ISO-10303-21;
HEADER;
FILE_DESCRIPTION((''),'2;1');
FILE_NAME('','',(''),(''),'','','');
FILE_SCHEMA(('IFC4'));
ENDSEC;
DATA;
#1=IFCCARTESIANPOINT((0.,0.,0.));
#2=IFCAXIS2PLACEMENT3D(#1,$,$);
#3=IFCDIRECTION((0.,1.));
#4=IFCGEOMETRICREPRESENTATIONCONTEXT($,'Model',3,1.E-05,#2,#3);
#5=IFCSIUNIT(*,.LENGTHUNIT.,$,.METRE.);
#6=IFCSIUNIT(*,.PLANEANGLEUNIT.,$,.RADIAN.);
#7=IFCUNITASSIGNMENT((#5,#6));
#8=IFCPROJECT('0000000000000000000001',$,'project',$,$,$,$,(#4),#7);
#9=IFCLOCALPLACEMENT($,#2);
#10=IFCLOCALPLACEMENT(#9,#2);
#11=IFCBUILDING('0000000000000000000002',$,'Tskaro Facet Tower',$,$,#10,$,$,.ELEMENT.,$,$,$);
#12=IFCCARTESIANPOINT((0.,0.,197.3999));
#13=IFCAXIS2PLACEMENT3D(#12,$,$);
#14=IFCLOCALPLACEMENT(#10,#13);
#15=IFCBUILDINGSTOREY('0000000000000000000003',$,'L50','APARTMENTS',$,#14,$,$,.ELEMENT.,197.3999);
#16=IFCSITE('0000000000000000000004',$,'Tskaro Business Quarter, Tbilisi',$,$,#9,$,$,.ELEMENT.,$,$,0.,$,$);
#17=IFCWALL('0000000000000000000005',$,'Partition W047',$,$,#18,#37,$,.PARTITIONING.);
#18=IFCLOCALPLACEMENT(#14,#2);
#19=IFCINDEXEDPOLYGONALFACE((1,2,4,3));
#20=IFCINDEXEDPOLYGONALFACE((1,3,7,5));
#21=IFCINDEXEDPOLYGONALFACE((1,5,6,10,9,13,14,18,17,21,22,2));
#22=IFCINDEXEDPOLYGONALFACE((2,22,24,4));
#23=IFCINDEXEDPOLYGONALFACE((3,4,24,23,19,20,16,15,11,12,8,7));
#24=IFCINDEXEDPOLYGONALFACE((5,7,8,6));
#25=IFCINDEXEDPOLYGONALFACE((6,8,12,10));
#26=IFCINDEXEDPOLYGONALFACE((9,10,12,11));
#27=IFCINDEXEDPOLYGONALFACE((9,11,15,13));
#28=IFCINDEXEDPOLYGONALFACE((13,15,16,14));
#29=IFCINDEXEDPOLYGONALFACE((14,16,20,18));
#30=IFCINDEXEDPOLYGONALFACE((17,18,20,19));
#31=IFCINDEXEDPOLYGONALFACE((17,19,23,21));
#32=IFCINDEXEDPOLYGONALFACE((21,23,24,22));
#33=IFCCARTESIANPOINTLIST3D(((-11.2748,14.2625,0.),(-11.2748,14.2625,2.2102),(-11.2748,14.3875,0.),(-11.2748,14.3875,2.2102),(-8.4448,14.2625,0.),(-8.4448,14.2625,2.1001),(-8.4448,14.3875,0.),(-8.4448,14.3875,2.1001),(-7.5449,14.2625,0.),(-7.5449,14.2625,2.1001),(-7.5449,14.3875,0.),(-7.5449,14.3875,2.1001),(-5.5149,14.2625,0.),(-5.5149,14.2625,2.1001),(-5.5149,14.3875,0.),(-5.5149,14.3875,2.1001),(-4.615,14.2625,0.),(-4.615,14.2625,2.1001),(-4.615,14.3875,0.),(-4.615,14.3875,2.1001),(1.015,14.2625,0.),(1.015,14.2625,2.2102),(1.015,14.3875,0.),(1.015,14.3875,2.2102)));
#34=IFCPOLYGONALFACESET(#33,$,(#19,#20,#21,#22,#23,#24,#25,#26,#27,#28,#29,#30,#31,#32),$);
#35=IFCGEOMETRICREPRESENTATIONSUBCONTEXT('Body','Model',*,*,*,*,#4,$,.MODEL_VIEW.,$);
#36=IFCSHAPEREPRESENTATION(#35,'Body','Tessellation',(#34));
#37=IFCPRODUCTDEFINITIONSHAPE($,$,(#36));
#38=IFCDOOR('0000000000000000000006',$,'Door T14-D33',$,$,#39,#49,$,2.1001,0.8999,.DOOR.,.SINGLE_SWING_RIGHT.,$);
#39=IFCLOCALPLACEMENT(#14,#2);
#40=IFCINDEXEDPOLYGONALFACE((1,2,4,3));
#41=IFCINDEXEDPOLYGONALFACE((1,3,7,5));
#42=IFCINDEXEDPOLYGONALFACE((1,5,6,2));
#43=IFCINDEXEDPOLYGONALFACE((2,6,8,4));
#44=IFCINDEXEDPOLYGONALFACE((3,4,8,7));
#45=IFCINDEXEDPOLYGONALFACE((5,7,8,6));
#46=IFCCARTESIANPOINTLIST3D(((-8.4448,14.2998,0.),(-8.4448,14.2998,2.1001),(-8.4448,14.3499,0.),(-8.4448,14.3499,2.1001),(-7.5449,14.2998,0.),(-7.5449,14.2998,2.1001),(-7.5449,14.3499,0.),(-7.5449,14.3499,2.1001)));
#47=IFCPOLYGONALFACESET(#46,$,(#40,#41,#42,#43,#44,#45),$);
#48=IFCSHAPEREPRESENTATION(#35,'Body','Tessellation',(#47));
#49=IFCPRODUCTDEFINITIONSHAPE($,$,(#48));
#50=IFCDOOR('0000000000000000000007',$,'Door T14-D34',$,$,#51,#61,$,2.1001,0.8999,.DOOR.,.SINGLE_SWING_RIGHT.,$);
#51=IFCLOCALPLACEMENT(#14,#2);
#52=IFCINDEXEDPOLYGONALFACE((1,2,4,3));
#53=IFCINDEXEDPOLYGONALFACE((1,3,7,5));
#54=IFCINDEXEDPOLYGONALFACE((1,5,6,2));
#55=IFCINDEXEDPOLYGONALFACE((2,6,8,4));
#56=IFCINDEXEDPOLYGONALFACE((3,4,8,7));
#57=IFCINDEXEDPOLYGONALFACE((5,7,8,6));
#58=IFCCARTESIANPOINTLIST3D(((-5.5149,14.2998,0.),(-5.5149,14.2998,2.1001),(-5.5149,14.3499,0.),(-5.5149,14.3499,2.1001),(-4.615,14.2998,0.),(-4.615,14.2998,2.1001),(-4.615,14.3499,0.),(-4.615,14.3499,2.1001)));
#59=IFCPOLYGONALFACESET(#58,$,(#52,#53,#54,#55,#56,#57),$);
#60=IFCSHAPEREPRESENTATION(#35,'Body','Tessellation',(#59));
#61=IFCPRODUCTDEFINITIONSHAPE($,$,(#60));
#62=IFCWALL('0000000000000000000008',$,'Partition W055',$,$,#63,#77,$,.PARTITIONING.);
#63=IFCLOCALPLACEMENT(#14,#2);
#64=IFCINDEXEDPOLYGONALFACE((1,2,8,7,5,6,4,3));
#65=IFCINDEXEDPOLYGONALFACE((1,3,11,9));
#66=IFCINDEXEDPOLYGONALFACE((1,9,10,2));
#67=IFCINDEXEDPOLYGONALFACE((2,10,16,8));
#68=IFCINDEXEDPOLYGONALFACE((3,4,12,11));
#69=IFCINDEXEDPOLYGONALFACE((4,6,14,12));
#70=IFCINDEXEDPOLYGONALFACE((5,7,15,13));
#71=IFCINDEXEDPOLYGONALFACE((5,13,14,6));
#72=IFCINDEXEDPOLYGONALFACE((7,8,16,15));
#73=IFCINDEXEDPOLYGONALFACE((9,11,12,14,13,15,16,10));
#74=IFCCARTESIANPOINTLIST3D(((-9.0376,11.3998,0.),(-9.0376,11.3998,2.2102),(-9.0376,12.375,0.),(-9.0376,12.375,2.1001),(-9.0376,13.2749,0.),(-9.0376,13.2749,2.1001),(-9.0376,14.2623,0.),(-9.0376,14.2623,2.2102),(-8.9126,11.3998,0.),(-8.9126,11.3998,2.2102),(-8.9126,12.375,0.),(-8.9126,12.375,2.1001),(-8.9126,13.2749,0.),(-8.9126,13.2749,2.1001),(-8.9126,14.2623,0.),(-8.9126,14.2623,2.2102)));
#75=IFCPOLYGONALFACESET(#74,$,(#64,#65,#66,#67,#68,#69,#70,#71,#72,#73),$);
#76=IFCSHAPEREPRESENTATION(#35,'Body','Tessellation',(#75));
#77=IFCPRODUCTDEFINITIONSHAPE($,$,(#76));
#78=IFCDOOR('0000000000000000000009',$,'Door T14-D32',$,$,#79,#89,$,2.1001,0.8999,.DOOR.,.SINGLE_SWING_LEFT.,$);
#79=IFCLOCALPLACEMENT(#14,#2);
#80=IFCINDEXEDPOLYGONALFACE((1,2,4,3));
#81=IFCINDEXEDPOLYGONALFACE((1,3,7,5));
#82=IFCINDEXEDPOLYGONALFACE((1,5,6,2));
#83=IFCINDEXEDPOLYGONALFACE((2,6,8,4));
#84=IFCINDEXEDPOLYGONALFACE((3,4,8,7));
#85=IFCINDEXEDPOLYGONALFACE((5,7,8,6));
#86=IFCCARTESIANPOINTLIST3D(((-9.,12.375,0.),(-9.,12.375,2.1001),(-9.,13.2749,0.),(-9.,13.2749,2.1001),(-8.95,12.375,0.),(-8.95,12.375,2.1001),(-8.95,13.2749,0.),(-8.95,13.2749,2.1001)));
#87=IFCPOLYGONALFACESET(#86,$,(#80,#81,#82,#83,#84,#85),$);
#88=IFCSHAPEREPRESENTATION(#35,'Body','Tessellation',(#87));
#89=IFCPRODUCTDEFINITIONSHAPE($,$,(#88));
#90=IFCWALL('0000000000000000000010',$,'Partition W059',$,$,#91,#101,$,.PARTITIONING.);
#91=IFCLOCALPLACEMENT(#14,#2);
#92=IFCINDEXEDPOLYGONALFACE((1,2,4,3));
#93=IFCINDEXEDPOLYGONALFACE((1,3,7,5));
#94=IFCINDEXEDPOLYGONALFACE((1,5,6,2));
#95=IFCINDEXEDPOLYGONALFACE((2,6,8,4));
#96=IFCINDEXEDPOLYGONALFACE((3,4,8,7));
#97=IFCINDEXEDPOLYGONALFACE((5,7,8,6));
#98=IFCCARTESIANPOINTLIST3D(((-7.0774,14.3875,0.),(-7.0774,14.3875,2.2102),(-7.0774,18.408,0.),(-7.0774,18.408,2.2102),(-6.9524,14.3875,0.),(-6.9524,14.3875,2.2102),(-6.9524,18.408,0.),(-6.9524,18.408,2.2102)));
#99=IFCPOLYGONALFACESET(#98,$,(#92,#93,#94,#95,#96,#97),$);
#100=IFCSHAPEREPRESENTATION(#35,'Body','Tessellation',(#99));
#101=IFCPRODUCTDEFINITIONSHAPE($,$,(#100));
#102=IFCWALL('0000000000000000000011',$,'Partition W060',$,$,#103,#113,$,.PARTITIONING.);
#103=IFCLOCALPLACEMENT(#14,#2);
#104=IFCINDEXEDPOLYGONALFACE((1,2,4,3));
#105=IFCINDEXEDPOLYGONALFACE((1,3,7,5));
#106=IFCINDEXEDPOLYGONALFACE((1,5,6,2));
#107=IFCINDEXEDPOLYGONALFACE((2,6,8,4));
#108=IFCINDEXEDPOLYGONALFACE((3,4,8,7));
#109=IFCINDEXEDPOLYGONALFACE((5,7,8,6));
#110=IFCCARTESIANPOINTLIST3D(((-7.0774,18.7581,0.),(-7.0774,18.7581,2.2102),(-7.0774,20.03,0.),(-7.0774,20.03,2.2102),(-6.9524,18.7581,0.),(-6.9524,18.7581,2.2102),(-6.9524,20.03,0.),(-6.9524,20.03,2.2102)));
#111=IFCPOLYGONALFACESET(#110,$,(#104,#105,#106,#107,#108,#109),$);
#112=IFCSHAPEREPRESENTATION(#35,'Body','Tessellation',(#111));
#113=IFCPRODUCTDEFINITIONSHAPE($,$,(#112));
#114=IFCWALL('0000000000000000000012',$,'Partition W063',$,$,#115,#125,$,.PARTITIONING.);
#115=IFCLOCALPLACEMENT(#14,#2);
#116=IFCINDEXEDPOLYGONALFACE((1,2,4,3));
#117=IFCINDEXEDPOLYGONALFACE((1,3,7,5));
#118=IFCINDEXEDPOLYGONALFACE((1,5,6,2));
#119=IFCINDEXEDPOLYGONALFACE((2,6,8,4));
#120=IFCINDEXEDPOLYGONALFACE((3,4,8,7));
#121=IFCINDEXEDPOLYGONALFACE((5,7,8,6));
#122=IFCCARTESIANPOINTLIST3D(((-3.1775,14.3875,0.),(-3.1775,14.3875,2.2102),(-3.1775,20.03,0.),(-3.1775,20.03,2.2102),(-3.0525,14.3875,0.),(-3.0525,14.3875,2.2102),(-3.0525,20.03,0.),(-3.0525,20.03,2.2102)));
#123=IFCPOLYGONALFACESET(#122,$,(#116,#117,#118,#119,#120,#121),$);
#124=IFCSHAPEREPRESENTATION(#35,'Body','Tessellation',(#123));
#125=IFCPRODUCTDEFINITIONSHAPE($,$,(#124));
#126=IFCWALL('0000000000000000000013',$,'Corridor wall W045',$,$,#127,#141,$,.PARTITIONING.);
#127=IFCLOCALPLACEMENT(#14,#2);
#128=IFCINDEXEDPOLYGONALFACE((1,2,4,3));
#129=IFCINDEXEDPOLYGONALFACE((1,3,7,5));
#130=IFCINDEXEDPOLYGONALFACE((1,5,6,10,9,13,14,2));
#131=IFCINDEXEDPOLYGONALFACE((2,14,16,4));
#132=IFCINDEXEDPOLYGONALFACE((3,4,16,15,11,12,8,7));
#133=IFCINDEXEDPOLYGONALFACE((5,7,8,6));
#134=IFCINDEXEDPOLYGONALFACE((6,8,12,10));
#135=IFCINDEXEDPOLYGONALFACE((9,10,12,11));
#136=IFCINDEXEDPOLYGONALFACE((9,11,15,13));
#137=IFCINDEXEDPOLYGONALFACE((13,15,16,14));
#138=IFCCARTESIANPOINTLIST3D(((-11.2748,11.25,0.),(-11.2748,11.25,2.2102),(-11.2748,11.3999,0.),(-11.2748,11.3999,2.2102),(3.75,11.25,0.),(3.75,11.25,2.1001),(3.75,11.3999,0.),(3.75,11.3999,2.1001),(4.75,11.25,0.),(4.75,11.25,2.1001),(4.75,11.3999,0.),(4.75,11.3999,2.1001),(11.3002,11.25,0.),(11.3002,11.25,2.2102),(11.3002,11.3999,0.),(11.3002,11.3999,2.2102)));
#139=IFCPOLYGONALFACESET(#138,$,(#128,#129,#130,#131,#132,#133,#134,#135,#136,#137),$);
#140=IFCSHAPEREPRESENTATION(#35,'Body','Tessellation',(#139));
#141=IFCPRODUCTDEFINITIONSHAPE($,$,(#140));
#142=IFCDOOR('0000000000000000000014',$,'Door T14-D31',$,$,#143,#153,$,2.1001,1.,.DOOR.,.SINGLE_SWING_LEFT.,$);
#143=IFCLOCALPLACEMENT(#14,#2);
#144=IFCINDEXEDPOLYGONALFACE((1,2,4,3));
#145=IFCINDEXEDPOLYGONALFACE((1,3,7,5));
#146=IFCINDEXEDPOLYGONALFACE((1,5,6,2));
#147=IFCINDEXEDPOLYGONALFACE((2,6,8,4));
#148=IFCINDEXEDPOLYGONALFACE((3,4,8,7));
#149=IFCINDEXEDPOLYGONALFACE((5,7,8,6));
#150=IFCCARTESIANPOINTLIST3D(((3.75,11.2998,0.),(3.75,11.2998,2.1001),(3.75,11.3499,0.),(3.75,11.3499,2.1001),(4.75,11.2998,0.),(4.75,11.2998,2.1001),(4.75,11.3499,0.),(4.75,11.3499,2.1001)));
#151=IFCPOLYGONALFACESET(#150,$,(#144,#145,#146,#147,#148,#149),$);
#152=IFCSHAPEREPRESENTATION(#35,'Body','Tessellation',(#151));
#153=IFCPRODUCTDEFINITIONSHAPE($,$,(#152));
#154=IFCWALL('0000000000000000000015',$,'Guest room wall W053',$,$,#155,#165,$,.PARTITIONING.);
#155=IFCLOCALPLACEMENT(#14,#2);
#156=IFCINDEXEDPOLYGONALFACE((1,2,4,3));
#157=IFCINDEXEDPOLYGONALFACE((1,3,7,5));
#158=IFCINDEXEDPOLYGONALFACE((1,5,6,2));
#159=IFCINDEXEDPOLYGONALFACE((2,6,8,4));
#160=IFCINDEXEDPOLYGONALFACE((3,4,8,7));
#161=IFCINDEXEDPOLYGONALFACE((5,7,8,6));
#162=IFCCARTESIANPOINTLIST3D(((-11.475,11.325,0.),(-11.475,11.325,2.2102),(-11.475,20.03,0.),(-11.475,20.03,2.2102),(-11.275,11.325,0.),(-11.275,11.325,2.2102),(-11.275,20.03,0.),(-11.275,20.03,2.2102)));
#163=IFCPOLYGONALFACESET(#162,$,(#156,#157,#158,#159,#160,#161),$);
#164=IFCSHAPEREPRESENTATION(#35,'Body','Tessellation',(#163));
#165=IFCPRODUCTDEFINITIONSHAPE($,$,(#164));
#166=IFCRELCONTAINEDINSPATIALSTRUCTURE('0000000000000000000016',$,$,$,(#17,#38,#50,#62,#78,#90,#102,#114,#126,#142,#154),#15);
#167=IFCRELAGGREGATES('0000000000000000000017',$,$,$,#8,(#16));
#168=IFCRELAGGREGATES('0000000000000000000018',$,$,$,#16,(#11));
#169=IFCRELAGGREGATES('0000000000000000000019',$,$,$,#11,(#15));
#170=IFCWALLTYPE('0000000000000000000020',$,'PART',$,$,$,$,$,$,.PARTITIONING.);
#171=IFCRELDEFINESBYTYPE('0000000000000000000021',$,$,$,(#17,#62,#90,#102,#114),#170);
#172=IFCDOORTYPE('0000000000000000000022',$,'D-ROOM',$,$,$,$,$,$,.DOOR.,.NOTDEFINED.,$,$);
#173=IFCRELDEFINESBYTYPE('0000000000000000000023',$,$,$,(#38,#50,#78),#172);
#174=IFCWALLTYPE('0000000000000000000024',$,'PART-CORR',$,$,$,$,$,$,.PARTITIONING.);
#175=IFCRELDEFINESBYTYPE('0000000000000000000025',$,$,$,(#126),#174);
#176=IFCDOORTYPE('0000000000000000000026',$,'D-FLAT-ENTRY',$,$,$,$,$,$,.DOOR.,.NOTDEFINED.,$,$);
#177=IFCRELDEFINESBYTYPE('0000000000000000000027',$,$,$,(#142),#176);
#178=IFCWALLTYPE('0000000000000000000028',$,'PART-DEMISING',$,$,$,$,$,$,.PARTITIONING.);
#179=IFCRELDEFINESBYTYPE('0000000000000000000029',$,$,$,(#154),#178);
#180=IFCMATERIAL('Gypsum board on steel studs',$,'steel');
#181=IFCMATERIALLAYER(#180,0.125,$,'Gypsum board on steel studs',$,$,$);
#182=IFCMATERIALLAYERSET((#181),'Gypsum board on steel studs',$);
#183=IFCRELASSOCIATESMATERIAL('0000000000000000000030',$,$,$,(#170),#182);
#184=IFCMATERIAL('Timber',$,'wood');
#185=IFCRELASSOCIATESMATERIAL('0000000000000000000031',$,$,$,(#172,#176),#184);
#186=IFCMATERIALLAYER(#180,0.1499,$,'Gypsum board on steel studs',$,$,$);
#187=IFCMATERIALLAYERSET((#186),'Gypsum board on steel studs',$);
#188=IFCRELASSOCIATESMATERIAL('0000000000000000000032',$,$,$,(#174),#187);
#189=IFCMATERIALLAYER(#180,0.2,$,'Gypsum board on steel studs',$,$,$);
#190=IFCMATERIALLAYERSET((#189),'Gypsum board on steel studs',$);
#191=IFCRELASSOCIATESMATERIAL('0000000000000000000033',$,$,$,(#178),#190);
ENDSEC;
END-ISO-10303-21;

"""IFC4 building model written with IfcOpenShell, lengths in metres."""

from ifc_helpers import new_model, si_unit, direction, frame, frame_2d, origin, place, context, subcontext, project, spatial, rectangle, extrude, material, layer, layer_set, type_object, element, fill, save


model = new_model("IFC4")

# Units and contexts
model_context = context("Model", 3, precision=1e-05, world=origin(), true_north=direction((0.0, 1.0)))
body_context = subcontext(model_context, "Body", "Model", "MODEL_VIEW")
ifc_project = project(units=[si_unit("LENGTHUNIT", "METRE"), si_unit("PLANEANGLEUNIT", "RADIAN")], contexts=[model_context])

# Site, building, storey
site_placement = place(None, origin())
site = spatial("IfcSite", under=ifc_project, at=site_placement, Name="Tskaro Business Quarter, Tbilisi", CompositionType="ELEMENT", RefElevation=0.0)
building_placement = place(site_placement, origin())
building = spatial("IfcBuilding", under=site, at=building_placement, Name="Tskaro Facet Tower", CompositionType="ELEMENT")
storey_placement = place(building_placement, frame((0.0, 0.0, 197.3999)))
storey = spatial("IfcBuildingStorey", under=building, at=storey_placement, Name="L50", Description="APARTMENTS", CompositionType="ELEMENT", Elevation=197.3999)

# Wall, openings, doors
ifc_material_1 = material(Name="Gypsum board on steel studs", Category="steel")
ifc_layer_1 = layer(ifc_material_1, 0.125, Name="Gypsum board on steel studs")
ifc_layer_set_1 = layer_set([ifc_layer_1], Name="Gypsum board on steel studs")
wall_type_1 = type_object("IfcWallType", Name="PART", PredefinedType="PARTITIONING", material=ifc_layer_set_1)
wall_1_placement = place(storey_placement, frame((-11.2749, 14.325, 0.0), z_axis=(0.0, 0.0, 1.0), x_axis=(1.0, 0.0, 0.0)))
wall_1 = element("IfcWall", 1, at=wall_1_placement, inside=storey, type_object=wall_type_1, Name="Partition W047", PredefinedType="PARTITIONING", context=body_context, shape_type="SweptSolid", body=[
    extrude(rectangle(XDim=12.2898, YDim=0.125, at=frame_2d((6.145, 0.0))), origin(), (0.0, 0.0, 1.0), 2.2102),
])
opening_1_placement = place(wall_1_placement, frame((2.8301, 0.0, 0.0)))
opening_1 = element("IfcOpeningElement", 2, at=opening_1_placement, cuts=wall_1, PredefinedType="OPENING", context=body_context, shape_type="SweptSolid", body=[
    extrude(rectangle(XDim=0.8999, YDim=2.1001, at=frame_2d((0.45, 1.05))), frame((0.0, 0.0725, 0.0), z_axis=(0.0, -1.0, 0.0), x_axis=(1.0, 0.0, 0.0)), (0.0, 0.0, 1.0), 0.145),
])
opening_2_placement = place(wall_1_placement, frame((5.76, 0.0, 0.0)))
opening_2 = element("IfcOpeningElement", 3, at=opening_2_placement, cuts=wall_1, PredefinedType="OPENING", context=body_context, shape_type="SweptSolid", body=[
    extrude(rectangle(XDim=0.8999, YDim=2.1001, at=frame_2d((0.45, 1.05))), frame((0.0, 0.0725, 0.0), z_axis=(0.0, -1.0, 0.0), x_axis=(1.0, 0.0, 0.0)), (0.0, 0.0, 1.0), 0.145),
])
ifc_material_2 = material(Name="Timber", Category="wood")
door_type_1 = type_object("IfcDoorType", Name="D-ROOM", OperationType="NOTDEFINED", PredefinedType="DOOR", material=ifc_material_2)
door_1_placement = place(opening_1_placement, origin())
door_1 = element("IfcDoor", 4, at=door_1_placement, inside=storey, type_object=door_type_1, Name="Door T14-D33", OperationType="SINGLE_SWING_RIGHT", OverallHeight=2.1001, OverallWidth=0.8999, PredefinedType="DOOR", context=body_context, shape_type="SweptSolid", body=[
    extrude(rectangle(XDim=0.8999, YDim=2.1001, at=frame_2d((0.45, 1.05))), frame((0.0, 0.0249, 0.0), z_axis=(0.0, -1.0, 0.0), x_axis=(1.0, 0.0, 0.0)), (0.0, 0.0, 1.0), 0.05),
])
fill(opening_1, door_1)
door_2_placement = place(opening_2_placement, origin())
door_2 = element("IfcDoor", 5, at=door_2_placement, inside=storey, type_object=door_type_1, Name="Door T14-D34", OperationType="SINGLE_SWING_RIGHT", OverallHeight=2.1001, OverallWidth=0.8999, PredefinedType="DOOR", context=body_context, shape_type="SweptSolid", body=[
    extrude(rectangle(XDim=0.8999, YDim=2.1001, at=frame_2d((0.45, 1.05))), frame((0.0, 0.0249, 0.0), z_axis=(0.0, -1.0, 0.0), x_axis=(1.0, 0.0, 0.0)), (0.0, 0.0, 1.0), 0.05),
])
fill(opening_2, door_2)

# Wall, opening, door
wall_2_placement = place(storey_placement, frame((-8.9751, 11.3999, 0.0), z_axis=(0.0, 0.0, 1.0), x_axis=(0.0, 1.0, 0.0)))
wall_2 = element("IfcWall", 6, at=wall_2_placement, inside=storey, type_object=wall_type_1, Name="Partition W055", PredefinedType="PARTITIONING", context=body_context, shape_type="SweptSolid", body=[
    extrude(rectangle(XDim=2.8625, YDim=0.125, at=frame_2d((1.4312, 0.0))), origin(), (0.0, 0.0, 1.0), 2.2102),
])
opening_3_placement = place(wall_2_placement, frame((0.9751, 0.0, 0.0)))
opening_3 = element("IfcOpeningElement", 7, at=opening_3_placement, cuts=wall_2, PredefinedType="OPENING", context=body_context, shape_type="SweptSolid", body=[
    extrude(rectangle(XDim=0.8999, YDim=2.1001, at=frame_2d((0.45, 1.05))), frame((0.0, 0.0725, 0.0), z_axis=(0.0, -1.0, 0.0), x_axis=(1.0, 0.0, 0.0)), (0.0, 0.0, 1.0), 0.145),
])
door_3_placement = place(opening_3_placement, origin())
door_3 = element("IfcDoor", 8, at=door_3_placement, inside=storey, type_object=door_type_1, Name="Door T14-D32", OperationType="SINGLE_SWING_LEFT", OverallHeight=2.1001, OverallWidth=0.8999, PredefinedType="DOOR", context=body_context, shape_type="SweptSolid", body=[
    extrude(rectangle(XDim=0.8999, YDim=2.1001, at=frame_2d((0.45, 1.05))), frame((0.0, 0.0249, 0.0), z_axis=(0.0, -1.0, 0.0), x_axis=(1.0, 0.0, 0.0)), (0.0, 0.0, 1.0), 0.05),
])
fill(opening_3, door_3)

# Walls
wall_3_placement = place(storey_placement, frame((-7.0149, 14.3875, 0.0), z_axis=(0.0, 0.0, 1.0), x_axis=(0.0, 1.0, 0.0)))
element("IfcWall", 9, at=wall_3_placement, inside=storey, type_object=wall_type_1, Name="Partition W059", PredefinedType="PARTITIONING", context=body_context, shape_type="SweptSolid", body=[
    extrude(rectangle(XDim=4.0205, YDim=0.125, at=frame_2d((2.0103, 0.0))), origin(), (0.0, 0.0, 1.0), 2.2102),
])
wall_4_placement = place(storey_placement, frame((-7.0149, 18.7581, 0.0), z_axis=(0.0, 0.0, 1.0), x_axis=(0.0, 1.0, 0.0)))
element("IfcWall", 10, at=wall_4_placement, inside=storey, type_object=wall_type_1, Name="Partition W060", PredefinedType="PARTITIONING", context=body_context, shape_type="SweptSolid", body=[
    extrude(rectangle(XDim=1.272, YDim=0.125, at=frame_2d((0.636, 0.0))), origin(), (0.0, 0.0, 1.0), 2.2102),
])
wall_5_placement = place(storey_placement, frame((-3.115, 14.3875, 0.0), z_axis=(0.0, 0.0, 1.0), x_axis=(0.0, 1.0, 0.0)))
element("IfcWall", 11, at=wall_5_placement, inside=storey, type_object=wall_type_1, Name="Partition W063", PredefinedType="PARTITIONING", context=body_context, shape_type="SweptSolid", body=[
    extrude(rectangle(XDim=5.6426, YDim=0.125, at=frame_2d((2.8213, 0.0))), origin(), (0.0, 0.0, 1.0), 2.2102),
])

# Wall, opening, door
ifc_layer_2 = layer(ifc_material_1, 0.1499, Name="Gypsum board on steel studs")
ifc_layer_set_2 = layer_set([ifc_layer_2], Name="Gypsum board on steel studs")
wall_type_2 = type_object("IfcWallType", Name="PART-CORR", PredefinedType="PARTITIONING", material=ifc_layer_set_2)
wall_6_placement = place(storey_placement, frame((-11.2749, 11.325, 0.0), z_axis=(0.0, 0.0, 1.0), x_axis=(1.0, 0.0, 0.0)))
wall_6 = element("IfcWall", 12, at=wall_6_placement, inside=storey, type_object=wall_type_2, Name="Corridor wall W045", PredefinedType="PARTITIONING", context=body_context, shape_type="SweptSolid", body=[
    extrude(rectangle(XDim=22.575, YDim=0.1499, at=frame_2d((11.2876, 0.0))), origin(), (0.0, 0.0, 1.0), 2.2102),
])
opening_4_placement = place(wall_6_placement, frame((15.0249, 0.0, 0.0)))
opening_4 = element("IfcOpeningElement", 13, at=opening_4_placement, cuts=wall_6, PredefinedType="OPENING", context=body_context, shape_type="SweptSolid", body=[
    extrude(rectangle(XDim=1.0, YDim=2.1001, at=frame_2d((0.5, 1.05))), frame((0.0, 0.085, 0.0), z_axis=(0.0, -1.0, 0.0), x_axis=(1.0, 0.0, 0.0)), (0.0, 0.0, 1.0), 0.1699),
])
door_type_2 = type_object("IfcDoorType", Name="D-FLAT-ENTRY", OperationType="NOTDEFINED", PredefinedType="DOOR", material=ifc_material_2)
door_4_placement = place(opening_4_placement, origin())
door_4 = element("IfcDoor", 14, at=door_4_placement, inside=storey, type_object=door_type_2, Name="Door T14-D31", OperationType="SINGLE_SWING_LEFT", OverallHeight=2.1001, OverallWidth=1.0, PredefinedType="DOOR", context=body_context, shape_type="SweptSolid", body=[
    extrude(rectangle(XDim=1.0, YDim=2.1001, at=frame_2d((0.5, 1.05))), frame((0.0, 0.0249, 0.0), z_axis=(0.0, -1.0, 0.0), x_axis=(1.0, 0.0, 0.0)), (0.0, 0.0, 1.0), 0.05),
])
fill(opening_4, door_4)

# Wall
ifc_layer_3 = layer(ifc_material_1, 0.2, Name="Gypsum board on steel studs")
ifc_layer_set_3 = layer_set([ifc_layer_3], Name="Gypsum board on steel studs")
wall_type_3 = type_object("IfcWallType", Name="PART-DEMISING", PredefinedType="PARTITIONING", material=ifc_layer_set_3)
wall_7_placement = place(storey_placement, frame((-11.375, 11.325, 0.0), z_axis=(0.0, 0.0, 1.0), x_axis=(0.0, 1.0, 0.0)))
element("IfcWall", 15, at=wall_7_placement, inside=storey, type_object=wall_type_3, Name="Guest room wall W053", PredefinedType="PARTITIONING", context=body_context, shape_type="SweptSolid", body=[
    extrude(rectangle(XDim=8.7051, YDim=0.2, at=frame_2d((4.3525, 0.0))), origin(), (0.0, 0.0, 1.0), 2.2102),
])

save(model, "model.ifc")
